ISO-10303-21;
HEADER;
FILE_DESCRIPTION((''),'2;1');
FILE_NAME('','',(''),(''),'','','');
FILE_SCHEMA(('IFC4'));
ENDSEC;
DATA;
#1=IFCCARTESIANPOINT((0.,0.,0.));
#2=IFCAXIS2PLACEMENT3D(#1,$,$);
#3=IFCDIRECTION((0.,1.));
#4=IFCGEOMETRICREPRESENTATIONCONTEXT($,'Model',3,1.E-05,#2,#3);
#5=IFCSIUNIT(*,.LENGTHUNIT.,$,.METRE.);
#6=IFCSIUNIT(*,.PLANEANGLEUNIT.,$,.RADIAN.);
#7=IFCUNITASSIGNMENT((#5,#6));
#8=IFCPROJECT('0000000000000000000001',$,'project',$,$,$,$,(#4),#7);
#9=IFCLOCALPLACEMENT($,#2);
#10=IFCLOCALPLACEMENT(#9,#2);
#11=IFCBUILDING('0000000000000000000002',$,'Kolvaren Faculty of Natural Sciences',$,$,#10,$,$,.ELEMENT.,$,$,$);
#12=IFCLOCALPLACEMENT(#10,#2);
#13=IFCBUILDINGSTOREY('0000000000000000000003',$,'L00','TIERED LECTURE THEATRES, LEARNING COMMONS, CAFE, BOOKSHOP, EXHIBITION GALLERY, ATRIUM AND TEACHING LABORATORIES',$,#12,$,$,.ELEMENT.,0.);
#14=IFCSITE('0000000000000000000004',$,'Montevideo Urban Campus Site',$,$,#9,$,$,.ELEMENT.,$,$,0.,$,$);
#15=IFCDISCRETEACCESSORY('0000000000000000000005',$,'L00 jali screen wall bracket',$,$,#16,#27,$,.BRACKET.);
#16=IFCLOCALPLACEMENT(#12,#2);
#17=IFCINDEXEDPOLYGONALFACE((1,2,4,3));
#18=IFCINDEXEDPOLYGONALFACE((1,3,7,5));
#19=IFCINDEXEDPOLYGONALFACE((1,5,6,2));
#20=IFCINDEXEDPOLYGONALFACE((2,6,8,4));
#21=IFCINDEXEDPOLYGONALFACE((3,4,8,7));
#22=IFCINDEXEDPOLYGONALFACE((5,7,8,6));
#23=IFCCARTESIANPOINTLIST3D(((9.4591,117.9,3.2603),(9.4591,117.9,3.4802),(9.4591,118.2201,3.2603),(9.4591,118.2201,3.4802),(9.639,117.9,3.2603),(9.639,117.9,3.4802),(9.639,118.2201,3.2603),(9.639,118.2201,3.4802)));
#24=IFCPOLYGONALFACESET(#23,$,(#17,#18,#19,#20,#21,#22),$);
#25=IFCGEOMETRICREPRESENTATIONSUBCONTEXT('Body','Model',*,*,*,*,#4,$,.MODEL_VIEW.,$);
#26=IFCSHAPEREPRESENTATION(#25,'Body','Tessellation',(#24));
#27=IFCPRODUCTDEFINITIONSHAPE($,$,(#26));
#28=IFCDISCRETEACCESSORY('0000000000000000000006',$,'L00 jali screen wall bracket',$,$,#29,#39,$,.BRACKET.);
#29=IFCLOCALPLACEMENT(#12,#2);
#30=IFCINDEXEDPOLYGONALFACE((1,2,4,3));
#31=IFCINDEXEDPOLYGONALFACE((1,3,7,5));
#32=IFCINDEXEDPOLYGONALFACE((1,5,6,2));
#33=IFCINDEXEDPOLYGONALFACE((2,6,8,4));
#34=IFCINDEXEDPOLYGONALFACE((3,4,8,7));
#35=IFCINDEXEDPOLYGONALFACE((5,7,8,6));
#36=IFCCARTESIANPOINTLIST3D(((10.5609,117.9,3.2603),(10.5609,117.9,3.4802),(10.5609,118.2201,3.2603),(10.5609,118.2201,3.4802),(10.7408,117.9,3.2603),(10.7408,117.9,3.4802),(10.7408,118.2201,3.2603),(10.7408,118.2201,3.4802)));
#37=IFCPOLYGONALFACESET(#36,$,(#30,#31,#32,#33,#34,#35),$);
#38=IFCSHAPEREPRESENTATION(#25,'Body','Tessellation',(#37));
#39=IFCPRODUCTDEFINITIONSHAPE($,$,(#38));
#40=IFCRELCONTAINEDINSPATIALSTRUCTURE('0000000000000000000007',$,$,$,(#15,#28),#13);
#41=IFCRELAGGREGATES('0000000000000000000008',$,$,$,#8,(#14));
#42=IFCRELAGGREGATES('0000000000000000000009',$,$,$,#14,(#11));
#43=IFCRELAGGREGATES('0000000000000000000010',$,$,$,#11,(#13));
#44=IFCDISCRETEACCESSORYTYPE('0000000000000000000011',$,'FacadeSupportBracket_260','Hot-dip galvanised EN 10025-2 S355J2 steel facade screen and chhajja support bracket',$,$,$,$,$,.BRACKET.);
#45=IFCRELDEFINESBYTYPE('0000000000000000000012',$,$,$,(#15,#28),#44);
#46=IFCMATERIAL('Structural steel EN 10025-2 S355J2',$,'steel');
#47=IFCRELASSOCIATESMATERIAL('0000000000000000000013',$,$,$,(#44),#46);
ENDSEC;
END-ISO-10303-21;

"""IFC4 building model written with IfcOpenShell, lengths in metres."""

from ifc_helpers import new_model, si_unit, direction, frame, origin, origin_2d, place, context, subcontext, project, spatial, rectangle, extrude, material, type_object, element, save


model = new_model("IFC4")

# Units and contexts
model_context = context("Model", 3, precision=1e-05, world=origin(), true_north=direction((0.0, 1.0)))
body_context = subcontext(model_context, "Body", "Model", "MODEL_VIEW")
ifc_project = project(units=[si_unit("LENGTHUNIT", "METRE"), si_unit("PLANEANGLEUNIT", "RADIAN")], contexts=[model_context])

# Site, building, storey
site_placement = place(None, origin())
site = spatial("IfcSite", under=ifc_project, at=site_placement, Name="Montevideo Urban Campus Site", CompositionType="ELEMENT", RefElevation=0.0)
building_placement = place(site_placement, origin())
building = spatial("IfcBuilding", under=site, at=building_placement, Name="Kolvaren Faculty of Natural Sciences", CompositionType="ELEMENT")
storey_placement = place(building_placement, origin())
storey = spatial("IfcBuildingStorey", under=building, at=storey_placement, Name="L00", Description="TIERED LECTURE THEATRES, LEARNING COMMONS, CAFE, BOOKSHOP, EXHIBITION GALLERY, ATRIUM AND TEACHING LABORATORIES", CompositionType="ELEMENT", Elevation=0.0)

# Discrete accessories
ifc_material_1 = material(Name="Structural steel EN 10025-2 S355J2", Category="steel")
discrete_accessory_type = type_object("IfcDiscreteAccessoryType", Name="FacadeSupportBracket_260", Description="Hot-dip galvanised EN 10025-2 S355J2 steel facade screen and chhajja support bracket", PredefinedType="BRACKET", material=ifc_material_1)
for number, where, z_axis, x_axis, name in (
    (1, (9.5491, 118.0601, 3.2603), (0.0, 0.0, 1.0), (1.0, 0.0, 0.0), "L00 jali screen wall bracket"),
    (2, (10.6509, 118.0601, 3.2603), (0.0, 0.0, 1.0), (1.0, 0.0, 0.0), "L00 jali screen wall bracket"),
):
    element("IfcDiscreteAccessory", number, at=place(storey_placement, frame(where, z_axis=z_axis, x_axis=x_axis)), inside=storey, type_object=discrete_accessory_type, Name=name, PredefinedType="BRACKET", context=body_context, shape_type="SweptSolid", body=[
        extrude(rectangle(XDim=0.1799, YDim=0.3201, at=origin_2d()), origin(), (0.0, 0.0, 1.0), 0.22),
    ])

save(model, "model.ifc")
